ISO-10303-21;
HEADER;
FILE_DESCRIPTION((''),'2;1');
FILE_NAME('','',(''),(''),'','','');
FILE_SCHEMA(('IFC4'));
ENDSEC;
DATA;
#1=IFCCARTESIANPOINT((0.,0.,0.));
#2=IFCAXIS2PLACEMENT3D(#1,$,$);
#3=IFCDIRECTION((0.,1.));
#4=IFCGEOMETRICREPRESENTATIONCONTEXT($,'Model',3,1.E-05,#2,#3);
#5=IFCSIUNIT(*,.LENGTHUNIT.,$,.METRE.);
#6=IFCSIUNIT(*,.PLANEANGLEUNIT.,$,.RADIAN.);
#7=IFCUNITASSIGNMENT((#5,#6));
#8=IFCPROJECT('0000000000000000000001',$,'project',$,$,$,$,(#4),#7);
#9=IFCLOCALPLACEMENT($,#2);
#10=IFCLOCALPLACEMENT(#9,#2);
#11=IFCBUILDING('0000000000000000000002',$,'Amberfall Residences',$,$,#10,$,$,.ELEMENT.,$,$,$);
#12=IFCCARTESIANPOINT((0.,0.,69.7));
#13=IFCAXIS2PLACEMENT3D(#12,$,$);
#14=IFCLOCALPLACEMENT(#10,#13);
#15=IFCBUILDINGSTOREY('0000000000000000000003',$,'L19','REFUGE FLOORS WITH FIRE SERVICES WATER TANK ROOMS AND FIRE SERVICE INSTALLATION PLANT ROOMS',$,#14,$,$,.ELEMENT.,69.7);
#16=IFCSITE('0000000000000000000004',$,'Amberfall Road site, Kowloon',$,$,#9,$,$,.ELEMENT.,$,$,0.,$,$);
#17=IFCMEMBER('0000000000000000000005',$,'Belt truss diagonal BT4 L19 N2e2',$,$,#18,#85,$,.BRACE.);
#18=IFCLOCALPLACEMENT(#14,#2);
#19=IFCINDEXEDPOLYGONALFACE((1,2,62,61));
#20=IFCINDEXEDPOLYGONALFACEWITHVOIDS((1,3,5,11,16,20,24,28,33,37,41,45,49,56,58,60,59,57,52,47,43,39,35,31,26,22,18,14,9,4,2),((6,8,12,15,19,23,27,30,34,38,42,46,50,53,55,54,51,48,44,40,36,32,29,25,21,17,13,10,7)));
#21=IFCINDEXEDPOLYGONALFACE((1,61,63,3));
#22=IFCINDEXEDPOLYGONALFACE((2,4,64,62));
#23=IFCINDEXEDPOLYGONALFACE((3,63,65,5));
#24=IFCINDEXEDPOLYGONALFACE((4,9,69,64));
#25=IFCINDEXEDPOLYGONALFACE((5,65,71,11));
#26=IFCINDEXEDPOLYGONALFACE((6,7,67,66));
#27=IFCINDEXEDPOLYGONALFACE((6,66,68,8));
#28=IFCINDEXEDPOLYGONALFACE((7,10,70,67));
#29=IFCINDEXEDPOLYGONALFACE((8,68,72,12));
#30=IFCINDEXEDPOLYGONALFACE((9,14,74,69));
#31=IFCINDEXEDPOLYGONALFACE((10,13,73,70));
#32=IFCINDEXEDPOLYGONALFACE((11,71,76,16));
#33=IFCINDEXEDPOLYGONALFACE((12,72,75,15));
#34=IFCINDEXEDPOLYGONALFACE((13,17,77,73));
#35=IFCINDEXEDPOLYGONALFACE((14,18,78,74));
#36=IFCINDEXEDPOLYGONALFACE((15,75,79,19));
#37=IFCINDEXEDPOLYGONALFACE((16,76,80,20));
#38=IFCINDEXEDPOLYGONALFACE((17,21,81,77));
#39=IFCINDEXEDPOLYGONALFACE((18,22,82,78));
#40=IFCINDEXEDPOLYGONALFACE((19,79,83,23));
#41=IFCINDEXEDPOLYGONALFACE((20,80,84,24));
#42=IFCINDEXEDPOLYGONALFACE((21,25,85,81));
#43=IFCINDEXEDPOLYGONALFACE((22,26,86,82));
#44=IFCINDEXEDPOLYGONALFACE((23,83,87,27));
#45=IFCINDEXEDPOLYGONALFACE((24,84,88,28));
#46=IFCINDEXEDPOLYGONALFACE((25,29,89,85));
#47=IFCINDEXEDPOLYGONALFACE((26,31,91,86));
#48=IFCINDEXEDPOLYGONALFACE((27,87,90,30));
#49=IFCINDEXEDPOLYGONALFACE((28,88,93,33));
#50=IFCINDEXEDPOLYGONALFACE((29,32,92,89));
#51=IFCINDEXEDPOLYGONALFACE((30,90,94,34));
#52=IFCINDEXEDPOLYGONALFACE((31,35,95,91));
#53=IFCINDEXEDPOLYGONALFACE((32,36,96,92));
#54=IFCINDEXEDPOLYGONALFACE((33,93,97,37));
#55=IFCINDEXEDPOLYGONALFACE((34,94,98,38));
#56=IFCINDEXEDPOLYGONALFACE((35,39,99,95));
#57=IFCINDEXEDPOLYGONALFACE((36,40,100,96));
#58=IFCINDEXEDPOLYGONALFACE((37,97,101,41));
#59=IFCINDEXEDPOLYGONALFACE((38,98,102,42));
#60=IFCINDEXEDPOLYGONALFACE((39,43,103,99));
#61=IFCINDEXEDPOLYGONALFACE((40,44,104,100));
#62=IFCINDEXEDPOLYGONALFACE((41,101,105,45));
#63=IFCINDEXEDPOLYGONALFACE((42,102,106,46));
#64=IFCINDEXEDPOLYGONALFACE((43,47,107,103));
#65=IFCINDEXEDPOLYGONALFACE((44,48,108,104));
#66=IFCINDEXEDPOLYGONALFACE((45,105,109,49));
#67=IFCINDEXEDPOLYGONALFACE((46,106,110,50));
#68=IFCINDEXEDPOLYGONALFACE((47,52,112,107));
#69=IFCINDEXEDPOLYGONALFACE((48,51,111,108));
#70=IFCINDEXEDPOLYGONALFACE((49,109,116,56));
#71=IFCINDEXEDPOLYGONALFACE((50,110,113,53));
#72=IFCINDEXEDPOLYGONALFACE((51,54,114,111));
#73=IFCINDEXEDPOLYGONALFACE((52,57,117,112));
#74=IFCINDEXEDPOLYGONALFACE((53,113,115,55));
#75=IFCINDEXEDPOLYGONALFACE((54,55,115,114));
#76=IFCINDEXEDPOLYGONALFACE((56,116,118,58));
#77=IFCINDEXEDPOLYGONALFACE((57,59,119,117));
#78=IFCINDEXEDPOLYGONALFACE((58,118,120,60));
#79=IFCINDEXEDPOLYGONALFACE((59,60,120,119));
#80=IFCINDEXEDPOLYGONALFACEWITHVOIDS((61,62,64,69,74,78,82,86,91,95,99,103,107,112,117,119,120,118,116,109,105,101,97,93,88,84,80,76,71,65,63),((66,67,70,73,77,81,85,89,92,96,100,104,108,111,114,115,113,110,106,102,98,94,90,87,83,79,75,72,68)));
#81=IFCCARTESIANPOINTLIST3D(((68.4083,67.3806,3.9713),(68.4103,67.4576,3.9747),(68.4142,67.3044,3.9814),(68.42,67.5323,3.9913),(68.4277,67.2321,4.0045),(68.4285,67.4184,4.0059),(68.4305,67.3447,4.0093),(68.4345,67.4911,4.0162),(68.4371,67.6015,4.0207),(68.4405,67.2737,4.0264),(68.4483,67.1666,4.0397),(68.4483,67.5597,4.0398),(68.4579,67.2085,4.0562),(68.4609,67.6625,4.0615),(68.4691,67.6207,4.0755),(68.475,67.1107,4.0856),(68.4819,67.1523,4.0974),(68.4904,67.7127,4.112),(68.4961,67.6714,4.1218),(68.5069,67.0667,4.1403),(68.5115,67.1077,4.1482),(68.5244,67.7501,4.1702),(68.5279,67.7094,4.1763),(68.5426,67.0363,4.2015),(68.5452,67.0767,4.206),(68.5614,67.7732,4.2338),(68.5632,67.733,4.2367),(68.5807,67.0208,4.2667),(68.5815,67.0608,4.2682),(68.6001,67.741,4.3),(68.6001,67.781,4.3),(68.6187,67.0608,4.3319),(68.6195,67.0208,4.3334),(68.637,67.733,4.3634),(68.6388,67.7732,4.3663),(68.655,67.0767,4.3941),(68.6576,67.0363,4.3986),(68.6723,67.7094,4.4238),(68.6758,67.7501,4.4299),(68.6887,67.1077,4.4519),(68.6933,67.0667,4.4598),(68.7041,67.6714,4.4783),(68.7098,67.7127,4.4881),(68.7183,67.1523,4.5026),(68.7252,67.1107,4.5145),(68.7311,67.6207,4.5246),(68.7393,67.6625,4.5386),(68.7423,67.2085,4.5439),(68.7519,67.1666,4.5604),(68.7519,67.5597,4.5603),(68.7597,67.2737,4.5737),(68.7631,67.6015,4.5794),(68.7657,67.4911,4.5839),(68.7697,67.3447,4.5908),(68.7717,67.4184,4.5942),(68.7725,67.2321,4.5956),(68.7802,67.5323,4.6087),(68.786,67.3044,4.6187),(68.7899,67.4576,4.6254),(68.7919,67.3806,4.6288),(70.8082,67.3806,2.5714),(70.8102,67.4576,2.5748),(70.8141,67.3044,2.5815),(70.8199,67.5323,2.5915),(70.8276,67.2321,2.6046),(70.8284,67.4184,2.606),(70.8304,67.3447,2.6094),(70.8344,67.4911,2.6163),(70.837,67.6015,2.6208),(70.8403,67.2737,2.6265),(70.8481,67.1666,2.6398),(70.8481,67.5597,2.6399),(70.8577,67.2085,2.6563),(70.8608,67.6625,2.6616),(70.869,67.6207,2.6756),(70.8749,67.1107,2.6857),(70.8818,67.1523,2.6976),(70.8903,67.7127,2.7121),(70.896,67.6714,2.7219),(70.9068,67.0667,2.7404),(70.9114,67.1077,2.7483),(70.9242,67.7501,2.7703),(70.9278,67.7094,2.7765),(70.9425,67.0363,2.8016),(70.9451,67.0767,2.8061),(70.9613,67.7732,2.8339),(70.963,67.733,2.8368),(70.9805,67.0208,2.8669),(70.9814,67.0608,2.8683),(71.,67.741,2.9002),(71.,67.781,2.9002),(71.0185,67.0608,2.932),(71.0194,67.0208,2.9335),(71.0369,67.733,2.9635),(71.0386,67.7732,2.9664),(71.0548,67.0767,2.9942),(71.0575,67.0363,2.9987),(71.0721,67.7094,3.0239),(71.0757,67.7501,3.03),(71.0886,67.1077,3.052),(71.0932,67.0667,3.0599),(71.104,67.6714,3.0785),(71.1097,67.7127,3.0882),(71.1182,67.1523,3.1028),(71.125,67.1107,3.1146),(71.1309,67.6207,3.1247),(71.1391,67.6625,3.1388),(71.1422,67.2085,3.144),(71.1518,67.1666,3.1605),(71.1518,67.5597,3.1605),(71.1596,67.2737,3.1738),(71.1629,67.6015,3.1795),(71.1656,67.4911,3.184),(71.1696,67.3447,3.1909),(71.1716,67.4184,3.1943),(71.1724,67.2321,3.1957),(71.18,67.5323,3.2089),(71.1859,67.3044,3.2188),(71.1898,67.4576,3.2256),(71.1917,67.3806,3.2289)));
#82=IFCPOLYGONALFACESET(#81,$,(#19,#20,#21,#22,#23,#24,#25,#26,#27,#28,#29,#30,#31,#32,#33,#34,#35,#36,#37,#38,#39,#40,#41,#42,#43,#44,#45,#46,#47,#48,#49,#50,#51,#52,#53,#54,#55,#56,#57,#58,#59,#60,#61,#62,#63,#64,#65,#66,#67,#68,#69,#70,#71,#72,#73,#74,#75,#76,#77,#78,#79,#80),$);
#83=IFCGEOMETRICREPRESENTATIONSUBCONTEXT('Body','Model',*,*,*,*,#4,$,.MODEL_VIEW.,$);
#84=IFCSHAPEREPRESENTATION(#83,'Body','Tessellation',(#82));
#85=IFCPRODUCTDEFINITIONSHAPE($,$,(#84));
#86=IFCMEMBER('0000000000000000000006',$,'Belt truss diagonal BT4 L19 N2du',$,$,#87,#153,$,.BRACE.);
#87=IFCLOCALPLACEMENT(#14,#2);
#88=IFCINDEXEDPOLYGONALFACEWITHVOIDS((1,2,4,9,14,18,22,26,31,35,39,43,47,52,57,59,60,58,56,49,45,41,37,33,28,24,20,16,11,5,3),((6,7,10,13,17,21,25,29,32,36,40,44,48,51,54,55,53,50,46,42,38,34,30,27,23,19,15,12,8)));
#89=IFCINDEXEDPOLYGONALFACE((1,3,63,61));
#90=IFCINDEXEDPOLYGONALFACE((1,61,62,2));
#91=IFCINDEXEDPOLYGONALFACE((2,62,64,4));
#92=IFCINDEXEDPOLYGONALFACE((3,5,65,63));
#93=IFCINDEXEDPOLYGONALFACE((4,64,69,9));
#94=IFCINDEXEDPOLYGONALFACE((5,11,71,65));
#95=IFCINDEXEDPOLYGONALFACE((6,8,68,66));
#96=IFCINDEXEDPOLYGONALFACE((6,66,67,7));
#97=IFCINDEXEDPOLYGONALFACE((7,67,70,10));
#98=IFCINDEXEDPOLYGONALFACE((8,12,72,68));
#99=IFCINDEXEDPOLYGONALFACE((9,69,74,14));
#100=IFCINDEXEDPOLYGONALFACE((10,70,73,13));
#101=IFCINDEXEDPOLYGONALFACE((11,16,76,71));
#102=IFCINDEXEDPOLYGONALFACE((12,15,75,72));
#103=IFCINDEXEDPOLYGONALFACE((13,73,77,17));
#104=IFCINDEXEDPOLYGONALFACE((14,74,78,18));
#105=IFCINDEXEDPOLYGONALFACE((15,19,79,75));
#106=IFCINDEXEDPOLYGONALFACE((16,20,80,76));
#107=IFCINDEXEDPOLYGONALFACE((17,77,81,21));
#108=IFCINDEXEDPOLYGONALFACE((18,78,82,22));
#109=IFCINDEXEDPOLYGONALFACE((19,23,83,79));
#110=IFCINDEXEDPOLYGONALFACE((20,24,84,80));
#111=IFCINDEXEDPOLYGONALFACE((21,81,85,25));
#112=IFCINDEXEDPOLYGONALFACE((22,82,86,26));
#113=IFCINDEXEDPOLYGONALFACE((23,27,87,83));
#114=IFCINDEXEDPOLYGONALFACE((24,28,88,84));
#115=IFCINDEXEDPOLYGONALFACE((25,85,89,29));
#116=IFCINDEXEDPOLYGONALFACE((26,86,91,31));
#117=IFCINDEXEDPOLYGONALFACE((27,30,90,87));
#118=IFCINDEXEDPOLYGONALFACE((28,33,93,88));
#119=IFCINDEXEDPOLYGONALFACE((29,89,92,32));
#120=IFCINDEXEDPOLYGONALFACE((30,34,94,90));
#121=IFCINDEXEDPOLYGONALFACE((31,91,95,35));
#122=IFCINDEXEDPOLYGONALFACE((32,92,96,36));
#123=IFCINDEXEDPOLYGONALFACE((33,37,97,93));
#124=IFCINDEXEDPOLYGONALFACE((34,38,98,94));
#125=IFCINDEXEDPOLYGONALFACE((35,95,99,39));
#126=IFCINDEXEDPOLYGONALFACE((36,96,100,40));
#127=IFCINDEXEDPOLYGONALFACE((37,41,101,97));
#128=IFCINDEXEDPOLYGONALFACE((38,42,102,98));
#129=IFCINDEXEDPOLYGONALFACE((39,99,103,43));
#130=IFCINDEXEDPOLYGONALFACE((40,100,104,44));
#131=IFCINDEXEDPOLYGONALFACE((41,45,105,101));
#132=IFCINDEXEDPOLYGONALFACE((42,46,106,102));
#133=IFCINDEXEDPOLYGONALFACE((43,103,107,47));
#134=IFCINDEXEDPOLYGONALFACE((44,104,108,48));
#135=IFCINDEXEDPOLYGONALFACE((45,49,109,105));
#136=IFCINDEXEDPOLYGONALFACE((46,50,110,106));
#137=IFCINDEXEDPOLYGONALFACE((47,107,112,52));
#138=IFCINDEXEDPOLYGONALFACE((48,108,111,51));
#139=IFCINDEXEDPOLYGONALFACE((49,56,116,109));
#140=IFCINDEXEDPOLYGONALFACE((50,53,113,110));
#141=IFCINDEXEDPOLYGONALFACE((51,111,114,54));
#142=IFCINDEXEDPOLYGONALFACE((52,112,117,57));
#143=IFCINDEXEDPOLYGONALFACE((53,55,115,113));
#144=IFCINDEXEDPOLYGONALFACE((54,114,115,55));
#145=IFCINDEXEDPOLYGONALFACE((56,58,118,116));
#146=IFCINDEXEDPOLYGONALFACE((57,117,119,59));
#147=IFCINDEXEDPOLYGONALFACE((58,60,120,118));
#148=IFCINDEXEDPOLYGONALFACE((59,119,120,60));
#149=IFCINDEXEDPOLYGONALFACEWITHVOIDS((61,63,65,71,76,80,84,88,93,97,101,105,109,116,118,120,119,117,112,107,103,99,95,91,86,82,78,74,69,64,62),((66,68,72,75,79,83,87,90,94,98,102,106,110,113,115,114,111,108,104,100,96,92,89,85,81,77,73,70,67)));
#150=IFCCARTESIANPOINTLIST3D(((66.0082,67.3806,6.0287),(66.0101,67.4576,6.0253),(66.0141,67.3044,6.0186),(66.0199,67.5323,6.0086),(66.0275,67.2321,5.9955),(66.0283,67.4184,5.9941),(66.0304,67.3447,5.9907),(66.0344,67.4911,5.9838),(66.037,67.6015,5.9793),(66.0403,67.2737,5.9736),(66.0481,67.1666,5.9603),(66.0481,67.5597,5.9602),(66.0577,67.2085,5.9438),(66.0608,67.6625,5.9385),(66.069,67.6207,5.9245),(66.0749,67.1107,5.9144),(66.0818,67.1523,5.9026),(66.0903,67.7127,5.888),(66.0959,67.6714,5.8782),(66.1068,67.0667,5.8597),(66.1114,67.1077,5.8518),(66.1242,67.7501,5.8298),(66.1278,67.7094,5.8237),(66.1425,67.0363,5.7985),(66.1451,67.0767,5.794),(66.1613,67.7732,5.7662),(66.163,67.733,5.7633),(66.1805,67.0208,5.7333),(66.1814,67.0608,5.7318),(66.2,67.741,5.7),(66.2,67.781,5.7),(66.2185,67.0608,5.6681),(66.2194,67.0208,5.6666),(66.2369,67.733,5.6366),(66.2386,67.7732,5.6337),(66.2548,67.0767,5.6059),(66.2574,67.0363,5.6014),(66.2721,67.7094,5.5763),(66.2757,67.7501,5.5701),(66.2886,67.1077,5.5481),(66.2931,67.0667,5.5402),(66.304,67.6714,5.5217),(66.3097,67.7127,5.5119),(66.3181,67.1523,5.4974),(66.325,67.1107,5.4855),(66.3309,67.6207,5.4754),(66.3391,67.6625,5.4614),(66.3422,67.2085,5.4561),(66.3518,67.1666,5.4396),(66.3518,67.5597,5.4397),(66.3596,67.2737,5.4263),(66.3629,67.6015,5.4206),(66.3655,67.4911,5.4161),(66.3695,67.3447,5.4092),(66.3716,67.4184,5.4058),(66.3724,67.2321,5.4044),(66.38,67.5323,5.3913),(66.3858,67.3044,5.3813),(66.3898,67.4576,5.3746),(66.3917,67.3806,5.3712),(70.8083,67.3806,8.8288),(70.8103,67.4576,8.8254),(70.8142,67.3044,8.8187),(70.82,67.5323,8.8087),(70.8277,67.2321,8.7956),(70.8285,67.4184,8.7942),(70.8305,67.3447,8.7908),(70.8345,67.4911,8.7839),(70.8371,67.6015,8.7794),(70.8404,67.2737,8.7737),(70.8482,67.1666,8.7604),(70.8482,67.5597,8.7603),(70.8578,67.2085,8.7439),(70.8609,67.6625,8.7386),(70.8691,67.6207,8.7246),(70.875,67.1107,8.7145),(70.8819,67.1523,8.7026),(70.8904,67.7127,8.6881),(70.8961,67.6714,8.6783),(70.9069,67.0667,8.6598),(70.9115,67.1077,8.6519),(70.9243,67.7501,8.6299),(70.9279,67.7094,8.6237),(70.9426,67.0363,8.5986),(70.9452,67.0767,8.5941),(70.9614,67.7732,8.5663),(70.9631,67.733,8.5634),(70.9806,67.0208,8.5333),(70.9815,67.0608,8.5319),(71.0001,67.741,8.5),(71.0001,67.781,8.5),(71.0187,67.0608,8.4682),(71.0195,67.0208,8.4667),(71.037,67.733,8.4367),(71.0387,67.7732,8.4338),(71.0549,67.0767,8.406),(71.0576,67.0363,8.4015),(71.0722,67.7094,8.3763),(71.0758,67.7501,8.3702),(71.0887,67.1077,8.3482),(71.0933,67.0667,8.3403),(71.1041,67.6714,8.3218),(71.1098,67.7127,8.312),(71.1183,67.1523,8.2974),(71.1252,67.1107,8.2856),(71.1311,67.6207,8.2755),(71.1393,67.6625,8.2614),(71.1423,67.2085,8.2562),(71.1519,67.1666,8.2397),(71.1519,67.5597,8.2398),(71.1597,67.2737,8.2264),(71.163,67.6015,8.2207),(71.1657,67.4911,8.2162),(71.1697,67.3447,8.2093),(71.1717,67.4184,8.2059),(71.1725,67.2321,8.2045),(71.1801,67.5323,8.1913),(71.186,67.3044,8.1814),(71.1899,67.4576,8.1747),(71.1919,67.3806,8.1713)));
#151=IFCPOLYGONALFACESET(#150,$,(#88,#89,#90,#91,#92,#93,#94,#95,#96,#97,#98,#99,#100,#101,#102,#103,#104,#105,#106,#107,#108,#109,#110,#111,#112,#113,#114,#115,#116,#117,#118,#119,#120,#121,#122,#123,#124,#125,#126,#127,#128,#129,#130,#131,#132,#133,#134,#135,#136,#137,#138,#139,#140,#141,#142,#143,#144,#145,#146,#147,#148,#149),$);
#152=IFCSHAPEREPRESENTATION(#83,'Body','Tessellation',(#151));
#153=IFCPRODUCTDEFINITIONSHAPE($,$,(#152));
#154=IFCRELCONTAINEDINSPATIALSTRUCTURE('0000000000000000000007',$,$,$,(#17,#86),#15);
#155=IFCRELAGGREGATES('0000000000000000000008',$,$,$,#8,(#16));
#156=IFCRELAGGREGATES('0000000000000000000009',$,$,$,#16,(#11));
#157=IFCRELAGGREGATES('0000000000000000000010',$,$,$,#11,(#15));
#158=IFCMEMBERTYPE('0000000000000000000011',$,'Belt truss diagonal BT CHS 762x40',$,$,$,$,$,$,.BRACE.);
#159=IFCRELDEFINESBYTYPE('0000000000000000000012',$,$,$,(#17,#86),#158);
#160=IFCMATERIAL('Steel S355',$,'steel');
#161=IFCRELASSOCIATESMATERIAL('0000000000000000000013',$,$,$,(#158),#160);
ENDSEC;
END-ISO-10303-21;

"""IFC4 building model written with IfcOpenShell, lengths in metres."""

from ifc_helpers import new_model, si_unit, direction, frame, origin, origin_2d, place, context, subcontext, project, spatial, hollow_circle, extrude, material, material_profile, profile_set, type_object, element, save


model = new_model("IFC4")

# Units and contexts
model_context = context("Model", 3, precision=1e-05, world=origin(), true_north=direction((0.0, 1.0)))
body_context = subcontext(model_context, "Body", "Model", "MODEL_VIEW")
ifc_project = project(units=[si_unit("LENGTHUNIT", "METRE"), si_unit("PLANEANGLEUNIT", "RADIAN")], contexts=[model_context])

# Site, building, storey
site_placement = place(None, origin())
site = spatial("IfcSite", under=ifc_project, at=site_placement, Name="Amberfall Road site, Kowloon", CompositionType="ELEMENT", RefElevation=0.0)
building_placement = place(site_placement, origin())
building = spatial("IfcBuilding", under=site, at=building_placement, Name="Amberfall Residences", CompositionType="ELEMENT")
storey_placement = place(building_placement, frame((0.0, 0.0, 69.7)))
storey = spatial("IfcBuildingStorey", under=building, at=storey_placement, Name="L19", Description="REFUGE FLOORS WITH FIRE SERVICES WATER TANK ROOMS AND FIRE SERVICE INSTALLATION PLANT ROOMS", CompositionType="ELEMENT", Elevation=69.7)

# Shared definitions
ifc_material_1 = material(Name="Steel S355", Category="steel")

# Members
ifc_material_profile_1 = material_profile(ifc_material_1, hollow_circle(Radius=0.3811, WallThickness=0.04, at=origin_2d()), Name="CHS 762x40")
ifc_profile_set_1 = profile_set([ifc_material_profile_1], Name="Steel S355")
member_type = type_object("IfcMemberType", Name="Belt truss diagonal BT CHS 762x40", PredefinedType="BRACE", material=ifc_profile_set_1)
member_1_placement = place(storey_placement, frame((68.6001, 67.3999, 4.3), z_axis=(0.863785, 0.0, -0.50386), x_axis=(0.0, 1.0, 0.0)))
element("IfcMember", 1, at=member_1_placement, inside=storey, type_object=member_type, Name="Belt truss diagonal BT4 L19 N2e2", PredefinedType="BRACE", context=body_context, shape_type="SweptSolid", body=[
    extrude(hollow_circle(Radius=0.3811, WallThickness=0.04, at=origin_2d()), origin(), (0.0, 0.0, 1.0), 2.7783),
])
member_2_placement = place(storey_placement, frame((66.2, 67.3999, 5.7), z_axis=(0.863777, 0.0, 0.503874), x_axis=(0.0, 1.0, 0.0)))
element("IfcMember", 2, at=member_2_placement, inside=storey, type_object=member_type, Name="Belt truss diagonal BT4 L19 N2du", PredefinedType="BRACE", context=body_context, shape_type="SweptSolid", body=[
    extrude(hollow_circle(Radius=0.3811, WallThickness=0.04, at=origin_2d()), origin(), (0.0, 0.0, 1.0), 5.5571),
])

save(model, "model.ifc")
